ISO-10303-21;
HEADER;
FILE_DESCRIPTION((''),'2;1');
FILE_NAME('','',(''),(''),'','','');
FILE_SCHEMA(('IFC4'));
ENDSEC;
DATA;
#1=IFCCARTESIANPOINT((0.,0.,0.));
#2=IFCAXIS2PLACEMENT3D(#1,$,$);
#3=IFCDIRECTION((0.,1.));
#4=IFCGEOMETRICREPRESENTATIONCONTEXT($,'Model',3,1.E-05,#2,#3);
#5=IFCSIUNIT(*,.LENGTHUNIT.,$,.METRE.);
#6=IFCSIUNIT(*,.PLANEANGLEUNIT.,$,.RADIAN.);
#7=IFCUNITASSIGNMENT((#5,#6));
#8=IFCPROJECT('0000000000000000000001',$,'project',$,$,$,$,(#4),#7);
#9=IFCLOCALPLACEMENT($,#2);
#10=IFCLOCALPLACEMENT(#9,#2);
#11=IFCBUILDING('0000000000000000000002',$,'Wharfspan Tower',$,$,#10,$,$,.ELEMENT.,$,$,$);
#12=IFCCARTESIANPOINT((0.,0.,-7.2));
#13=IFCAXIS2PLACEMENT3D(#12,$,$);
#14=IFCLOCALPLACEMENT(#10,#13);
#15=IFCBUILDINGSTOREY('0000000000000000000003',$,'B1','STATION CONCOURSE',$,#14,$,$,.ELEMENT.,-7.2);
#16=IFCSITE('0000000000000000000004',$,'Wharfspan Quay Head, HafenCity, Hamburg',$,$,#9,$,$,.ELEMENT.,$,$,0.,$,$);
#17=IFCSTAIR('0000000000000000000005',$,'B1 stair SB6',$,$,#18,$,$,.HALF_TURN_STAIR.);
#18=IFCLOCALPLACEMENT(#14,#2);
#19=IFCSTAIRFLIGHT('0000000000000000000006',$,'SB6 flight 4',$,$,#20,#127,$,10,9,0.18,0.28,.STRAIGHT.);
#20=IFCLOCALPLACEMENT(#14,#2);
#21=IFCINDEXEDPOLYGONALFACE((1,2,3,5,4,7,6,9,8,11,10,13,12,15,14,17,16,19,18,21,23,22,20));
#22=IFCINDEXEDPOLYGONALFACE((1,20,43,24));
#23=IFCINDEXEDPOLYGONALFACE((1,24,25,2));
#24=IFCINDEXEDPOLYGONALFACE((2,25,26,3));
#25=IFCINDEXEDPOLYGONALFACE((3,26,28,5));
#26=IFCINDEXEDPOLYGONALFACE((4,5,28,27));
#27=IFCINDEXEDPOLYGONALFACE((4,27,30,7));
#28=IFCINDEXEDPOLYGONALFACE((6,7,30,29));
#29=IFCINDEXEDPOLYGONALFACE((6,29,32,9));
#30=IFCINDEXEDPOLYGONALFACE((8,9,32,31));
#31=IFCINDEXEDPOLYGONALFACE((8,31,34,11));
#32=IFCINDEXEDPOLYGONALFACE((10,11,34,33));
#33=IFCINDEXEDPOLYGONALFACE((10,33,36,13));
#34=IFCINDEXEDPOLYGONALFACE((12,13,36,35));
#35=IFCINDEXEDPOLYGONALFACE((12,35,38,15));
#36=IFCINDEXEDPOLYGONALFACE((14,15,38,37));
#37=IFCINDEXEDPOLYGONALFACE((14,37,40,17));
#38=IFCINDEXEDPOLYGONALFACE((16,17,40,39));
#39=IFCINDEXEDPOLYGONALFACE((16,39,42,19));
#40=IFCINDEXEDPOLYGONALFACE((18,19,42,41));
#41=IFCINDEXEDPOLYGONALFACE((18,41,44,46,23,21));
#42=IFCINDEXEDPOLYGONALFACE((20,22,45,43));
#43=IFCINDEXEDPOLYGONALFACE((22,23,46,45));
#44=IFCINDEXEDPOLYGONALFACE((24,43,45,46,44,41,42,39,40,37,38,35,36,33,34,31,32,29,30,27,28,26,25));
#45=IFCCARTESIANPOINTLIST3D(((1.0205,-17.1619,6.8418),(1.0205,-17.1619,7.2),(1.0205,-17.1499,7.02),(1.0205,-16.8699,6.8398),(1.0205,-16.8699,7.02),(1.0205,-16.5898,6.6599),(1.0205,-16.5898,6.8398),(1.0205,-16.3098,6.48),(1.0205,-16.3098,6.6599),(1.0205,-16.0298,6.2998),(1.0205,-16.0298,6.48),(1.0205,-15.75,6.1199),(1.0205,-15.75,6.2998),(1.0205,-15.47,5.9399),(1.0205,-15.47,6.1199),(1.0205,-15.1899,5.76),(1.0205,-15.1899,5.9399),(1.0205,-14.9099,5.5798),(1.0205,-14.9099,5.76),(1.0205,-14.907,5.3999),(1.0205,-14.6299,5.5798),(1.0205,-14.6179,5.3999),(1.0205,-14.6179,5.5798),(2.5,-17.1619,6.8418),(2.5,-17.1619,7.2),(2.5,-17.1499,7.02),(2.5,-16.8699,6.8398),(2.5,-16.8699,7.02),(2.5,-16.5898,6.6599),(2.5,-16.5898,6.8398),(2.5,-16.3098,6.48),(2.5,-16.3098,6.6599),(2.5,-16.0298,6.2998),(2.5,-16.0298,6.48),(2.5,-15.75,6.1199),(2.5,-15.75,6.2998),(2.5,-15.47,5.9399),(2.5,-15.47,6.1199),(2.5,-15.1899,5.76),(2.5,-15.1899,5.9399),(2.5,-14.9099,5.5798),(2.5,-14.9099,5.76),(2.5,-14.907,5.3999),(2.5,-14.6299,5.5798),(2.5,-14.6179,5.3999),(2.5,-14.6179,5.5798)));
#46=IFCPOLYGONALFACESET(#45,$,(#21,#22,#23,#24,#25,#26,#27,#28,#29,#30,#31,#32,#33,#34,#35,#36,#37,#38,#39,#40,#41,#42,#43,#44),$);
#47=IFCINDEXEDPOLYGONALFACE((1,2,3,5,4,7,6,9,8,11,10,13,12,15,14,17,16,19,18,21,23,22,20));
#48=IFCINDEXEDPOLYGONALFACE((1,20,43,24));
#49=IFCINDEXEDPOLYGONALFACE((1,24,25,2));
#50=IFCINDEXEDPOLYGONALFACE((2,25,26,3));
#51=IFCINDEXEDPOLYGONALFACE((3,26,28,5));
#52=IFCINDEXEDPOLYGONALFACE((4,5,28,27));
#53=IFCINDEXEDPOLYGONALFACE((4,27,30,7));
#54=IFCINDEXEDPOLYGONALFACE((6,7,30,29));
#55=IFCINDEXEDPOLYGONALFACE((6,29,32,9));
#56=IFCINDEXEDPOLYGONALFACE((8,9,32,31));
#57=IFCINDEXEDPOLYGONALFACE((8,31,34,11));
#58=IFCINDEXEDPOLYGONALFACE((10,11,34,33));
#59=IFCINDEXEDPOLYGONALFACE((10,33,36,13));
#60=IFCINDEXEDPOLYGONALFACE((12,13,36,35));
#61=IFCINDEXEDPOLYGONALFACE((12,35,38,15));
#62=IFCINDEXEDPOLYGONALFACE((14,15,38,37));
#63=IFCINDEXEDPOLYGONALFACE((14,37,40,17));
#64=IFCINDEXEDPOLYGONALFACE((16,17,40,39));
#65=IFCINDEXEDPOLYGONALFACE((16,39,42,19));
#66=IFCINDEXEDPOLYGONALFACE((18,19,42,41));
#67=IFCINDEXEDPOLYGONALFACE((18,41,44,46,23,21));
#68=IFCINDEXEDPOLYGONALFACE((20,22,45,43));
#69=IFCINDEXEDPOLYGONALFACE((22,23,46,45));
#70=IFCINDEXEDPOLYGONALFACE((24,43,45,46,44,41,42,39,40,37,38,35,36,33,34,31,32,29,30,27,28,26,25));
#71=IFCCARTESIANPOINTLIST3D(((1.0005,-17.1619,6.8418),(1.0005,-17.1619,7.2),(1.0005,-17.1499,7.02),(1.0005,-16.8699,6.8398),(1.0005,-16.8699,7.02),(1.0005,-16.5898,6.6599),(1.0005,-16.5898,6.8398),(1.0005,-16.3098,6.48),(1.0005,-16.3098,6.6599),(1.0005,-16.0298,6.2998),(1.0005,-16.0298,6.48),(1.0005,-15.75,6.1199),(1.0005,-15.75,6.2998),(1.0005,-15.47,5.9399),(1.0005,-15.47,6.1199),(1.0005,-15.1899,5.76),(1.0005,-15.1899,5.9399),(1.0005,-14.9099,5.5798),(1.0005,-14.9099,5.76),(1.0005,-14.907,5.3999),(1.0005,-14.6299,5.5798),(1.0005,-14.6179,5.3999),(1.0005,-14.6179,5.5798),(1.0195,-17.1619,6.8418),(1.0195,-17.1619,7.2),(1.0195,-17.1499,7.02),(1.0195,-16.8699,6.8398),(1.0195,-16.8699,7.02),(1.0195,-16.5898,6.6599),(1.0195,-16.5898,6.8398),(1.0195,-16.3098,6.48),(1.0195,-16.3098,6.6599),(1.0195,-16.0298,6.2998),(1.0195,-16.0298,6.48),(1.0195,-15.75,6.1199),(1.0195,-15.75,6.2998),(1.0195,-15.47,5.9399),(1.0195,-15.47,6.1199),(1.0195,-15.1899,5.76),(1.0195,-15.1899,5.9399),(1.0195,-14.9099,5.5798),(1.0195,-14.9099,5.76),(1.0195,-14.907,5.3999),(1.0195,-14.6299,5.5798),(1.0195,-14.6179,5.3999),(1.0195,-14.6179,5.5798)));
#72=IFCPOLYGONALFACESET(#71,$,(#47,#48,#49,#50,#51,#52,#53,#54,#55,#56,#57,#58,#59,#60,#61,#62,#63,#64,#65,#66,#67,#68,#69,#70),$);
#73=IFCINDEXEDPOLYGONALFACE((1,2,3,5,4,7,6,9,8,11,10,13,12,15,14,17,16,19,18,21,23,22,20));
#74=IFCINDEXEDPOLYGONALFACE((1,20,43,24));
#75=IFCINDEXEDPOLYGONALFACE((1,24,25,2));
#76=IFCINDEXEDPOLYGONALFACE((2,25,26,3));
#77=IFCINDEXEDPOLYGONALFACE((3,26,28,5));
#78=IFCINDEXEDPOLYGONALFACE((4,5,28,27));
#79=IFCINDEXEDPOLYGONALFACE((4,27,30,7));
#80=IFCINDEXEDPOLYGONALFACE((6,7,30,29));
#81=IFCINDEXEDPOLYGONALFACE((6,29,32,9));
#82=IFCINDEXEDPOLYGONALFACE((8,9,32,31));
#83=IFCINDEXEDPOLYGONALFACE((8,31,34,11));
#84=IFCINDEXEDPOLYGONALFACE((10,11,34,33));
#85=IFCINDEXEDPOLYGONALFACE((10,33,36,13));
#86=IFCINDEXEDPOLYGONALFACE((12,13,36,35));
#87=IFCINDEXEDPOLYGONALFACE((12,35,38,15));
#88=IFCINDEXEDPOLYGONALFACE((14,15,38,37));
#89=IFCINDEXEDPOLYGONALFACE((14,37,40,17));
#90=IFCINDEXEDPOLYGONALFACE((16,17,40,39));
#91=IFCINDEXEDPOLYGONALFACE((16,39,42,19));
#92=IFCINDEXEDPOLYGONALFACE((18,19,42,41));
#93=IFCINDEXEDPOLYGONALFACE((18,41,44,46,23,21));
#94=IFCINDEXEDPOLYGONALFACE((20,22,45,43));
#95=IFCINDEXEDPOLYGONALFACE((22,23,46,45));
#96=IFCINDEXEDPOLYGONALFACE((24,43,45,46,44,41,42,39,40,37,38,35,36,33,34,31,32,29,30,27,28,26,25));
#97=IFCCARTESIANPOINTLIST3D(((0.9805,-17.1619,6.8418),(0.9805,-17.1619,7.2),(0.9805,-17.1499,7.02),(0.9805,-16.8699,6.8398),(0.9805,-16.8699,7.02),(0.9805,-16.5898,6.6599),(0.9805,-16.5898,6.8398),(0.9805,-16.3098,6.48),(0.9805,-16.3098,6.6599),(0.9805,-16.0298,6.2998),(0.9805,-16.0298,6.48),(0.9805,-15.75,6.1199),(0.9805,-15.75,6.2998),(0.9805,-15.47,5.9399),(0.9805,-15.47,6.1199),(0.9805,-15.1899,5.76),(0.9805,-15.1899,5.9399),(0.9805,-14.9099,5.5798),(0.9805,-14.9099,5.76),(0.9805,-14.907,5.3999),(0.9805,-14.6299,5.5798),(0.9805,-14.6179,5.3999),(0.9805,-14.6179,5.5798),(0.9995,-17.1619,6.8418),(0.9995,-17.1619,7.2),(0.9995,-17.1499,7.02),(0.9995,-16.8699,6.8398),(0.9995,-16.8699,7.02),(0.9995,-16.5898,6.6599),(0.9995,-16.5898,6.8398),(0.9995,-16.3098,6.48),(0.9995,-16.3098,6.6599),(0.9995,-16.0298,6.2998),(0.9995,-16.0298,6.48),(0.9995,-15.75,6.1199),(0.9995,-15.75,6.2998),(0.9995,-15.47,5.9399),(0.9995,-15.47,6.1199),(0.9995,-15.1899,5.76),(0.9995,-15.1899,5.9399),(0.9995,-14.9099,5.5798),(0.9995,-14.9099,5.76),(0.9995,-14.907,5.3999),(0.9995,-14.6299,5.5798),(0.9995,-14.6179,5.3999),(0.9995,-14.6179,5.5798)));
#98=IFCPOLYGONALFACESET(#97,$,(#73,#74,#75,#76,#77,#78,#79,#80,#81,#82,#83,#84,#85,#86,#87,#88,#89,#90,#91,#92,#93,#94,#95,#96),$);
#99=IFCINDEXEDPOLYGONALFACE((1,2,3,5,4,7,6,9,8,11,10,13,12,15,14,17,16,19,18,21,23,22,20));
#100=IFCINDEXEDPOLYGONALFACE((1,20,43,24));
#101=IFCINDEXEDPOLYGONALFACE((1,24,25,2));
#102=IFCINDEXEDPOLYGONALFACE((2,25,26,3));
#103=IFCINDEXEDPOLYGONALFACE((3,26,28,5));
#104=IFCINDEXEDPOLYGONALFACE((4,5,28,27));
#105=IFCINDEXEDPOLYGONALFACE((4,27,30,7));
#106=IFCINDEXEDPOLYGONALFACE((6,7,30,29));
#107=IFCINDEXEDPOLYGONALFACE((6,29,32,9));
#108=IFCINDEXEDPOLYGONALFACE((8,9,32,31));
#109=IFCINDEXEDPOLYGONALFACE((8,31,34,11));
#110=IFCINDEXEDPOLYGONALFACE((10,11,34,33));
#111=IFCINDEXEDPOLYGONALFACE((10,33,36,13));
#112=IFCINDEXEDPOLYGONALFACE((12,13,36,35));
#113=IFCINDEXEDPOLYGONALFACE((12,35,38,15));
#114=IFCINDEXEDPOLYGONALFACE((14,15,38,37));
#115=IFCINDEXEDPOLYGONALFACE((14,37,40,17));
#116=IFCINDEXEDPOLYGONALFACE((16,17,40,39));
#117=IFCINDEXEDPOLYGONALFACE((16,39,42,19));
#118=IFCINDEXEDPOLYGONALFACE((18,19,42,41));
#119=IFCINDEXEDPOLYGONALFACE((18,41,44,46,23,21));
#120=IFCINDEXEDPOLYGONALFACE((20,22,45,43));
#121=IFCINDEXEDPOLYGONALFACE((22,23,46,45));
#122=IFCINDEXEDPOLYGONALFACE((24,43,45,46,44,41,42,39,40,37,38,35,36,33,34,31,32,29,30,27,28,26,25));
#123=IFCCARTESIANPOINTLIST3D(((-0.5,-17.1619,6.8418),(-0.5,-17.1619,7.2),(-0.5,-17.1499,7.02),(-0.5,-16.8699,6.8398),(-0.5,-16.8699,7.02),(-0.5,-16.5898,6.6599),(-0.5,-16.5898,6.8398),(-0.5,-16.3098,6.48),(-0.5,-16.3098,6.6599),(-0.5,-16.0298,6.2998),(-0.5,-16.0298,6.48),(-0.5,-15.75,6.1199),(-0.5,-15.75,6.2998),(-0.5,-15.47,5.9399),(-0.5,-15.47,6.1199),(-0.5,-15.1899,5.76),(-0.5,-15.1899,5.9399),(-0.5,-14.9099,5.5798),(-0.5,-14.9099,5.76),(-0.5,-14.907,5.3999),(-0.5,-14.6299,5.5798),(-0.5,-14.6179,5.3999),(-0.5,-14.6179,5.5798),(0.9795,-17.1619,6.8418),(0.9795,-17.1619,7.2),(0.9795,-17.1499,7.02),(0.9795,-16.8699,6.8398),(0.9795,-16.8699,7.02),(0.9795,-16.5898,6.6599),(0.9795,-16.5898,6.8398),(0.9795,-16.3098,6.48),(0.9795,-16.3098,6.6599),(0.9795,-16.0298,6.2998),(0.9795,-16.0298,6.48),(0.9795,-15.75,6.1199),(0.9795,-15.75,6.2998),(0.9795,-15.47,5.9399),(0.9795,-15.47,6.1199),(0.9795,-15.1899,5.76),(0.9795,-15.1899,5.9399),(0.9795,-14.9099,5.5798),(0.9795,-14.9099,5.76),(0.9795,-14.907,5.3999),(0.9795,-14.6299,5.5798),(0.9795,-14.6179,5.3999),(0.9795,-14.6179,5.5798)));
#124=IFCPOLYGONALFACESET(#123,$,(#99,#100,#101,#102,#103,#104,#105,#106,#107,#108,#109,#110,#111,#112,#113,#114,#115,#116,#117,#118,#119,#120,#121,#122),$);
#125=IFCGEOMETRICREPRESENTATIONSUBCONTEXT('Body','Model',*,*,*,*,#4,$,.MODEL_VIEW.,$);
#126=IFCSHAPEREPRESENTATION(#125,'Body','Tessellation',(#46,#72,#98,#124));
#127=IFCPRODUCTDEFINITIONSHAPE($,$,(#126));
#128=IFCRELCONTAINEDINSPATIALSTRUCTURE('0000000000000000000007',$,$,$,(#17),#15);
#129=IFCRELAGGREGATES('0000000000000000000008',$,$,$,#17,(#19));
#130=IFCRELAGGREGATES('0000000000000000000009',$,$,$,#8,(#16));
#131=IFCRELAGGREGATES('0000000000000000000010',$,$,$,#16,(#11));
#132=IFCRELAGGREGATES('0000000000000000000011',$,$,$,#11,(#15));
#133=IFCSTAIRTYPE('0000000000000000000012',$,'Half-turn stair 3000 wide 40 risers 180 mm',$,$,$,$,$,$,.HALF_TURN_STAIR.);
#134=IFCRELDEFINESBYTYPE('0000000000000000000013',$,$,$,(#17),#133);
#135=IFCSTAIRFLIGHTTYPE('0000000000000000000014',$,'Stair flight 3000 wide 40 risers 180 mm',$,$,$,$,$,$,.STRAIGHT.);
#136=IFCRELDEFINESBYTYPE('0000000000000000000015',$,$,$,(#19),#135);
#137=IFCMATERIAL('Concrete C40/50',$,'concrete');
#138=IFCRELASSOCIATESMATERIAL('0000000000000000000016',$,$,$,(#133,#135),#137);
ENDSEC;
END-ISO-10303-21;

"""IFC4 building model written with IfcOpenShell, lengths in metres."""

from ifc_helpers import new_model, si_unit, direction, frame, origin, place, context, subcontext, project, spatial, polyline, outline, extrude, material, type_object, element, aggregate, save


model = new_model("IFC4")

# Units and contexts
model_context = context("Model", 3, precision=1e-05, world=origin(), true_north=direction((0.0, 1.0)))
body_context = subcontext(model_context, "Body", "Model", "MODEL_VIEW")
ifc_project = project(units=[si_unit("LENGTHUNIT", "METRE"), si_unit("PLANEANGLEUNIT", "RADIAN")], contexts=[model_context])

# Site, building, storey
site_placement = place(None, origin())
site = spatial("IfcSite", under=ifc_project, at=site_placement, Name="Wharfspan Quay Head, HafenCity, Hamburg", CompositionType="ELEMENT", RefElevation=0.0)
building_placement = place(site_placement, origin())
building = spatial("IfcBuilding", under=site, at=building_placement, Name="Wharfspan Tower", CompositionType="ELEMENT")
storey_placement = place(building_placement, frame((0.0, 0.0, -7.2)))
storey = spatial("IfcBuildingStorey", under=building, at=storey_placement, Name="B1", Description="STATION CONCOURSE", CompositionType="ELEMENT", Elevation=-7.2)

# Stair, stair flight
ifc_material_1 = material(Name="Concrete C40/50", Category="concrete")
stair_type = type_object("IfcStairType", Name="Half-turn stair 3000 wide 40 risers 180 mm", PredefinedType="HALF_TURN_STAIR", material=ifc_material_1)
stair_placement = place(storey_placement, origin())
stair = element("IfcStair", 1, at=stair_placement, inside=storey, type_object=stair_type, Name="B1 stair SB6", PredefinedType="HALF_TURN_STAIR")
stair_flight_type = type_object("IfcStairFlightType", Name="Stair flight 3000 wide 40 risers 180 mm", PredefinedType="STRAIGHT", material=ifc_material_1)
stair_flight_1_placement = place(storey_placement, frame((1.0, -14.6299, 5.3999), z_axis=(0.0, 0.0, 1.0), x_axis=(0.0, -1.0, 0.0)))
stair_flight_1 = element("IfcStairFlight", 2, at=stair_flight_1_placement, type_object=stair_flight_type, Name="SB6 flight 4", NumberOfRisers=10, NumberOfTreads=9, PredefinedType="STRAIGHT", RiserHeight=0.18, TreadLength=0.28, context=body_context, shape_type="SweptSolid", body=[
    extrude(outline(polyline([(-0.012, 0.0), (-0.012, 0.1799), (0.0, 0.1799), (0.28, 0.1799), (0.28, 0.3601), (0.5601, 0.3601), (0.5601, 0.54), (0.8401, 0.54), (0.8401, 0.72), (1.1201, 0.72), (1.1201, 0.8999), (1.3999, 0.8999), (1.3999, 1.0801), (1.6799, 1.0801), (1.6799, 1.26), (1.96, 1.26), (1.96, 1.4399), (2.24, 1.4399), (2.24, 1.6201), (2.52, 1.6201), (2.532, 1.8), (2.532, 1.4419), (0.2771, 0.0), (-0.012, 0.0)])), frame((0.0, 1.5, 0.0), z_axis=(0.0, -1.0, 0.0), x_axis=(1.0, 0.0, 0.0)), (0.0, 0.0, 1.0), 1.4795),
    extrude(outline(polyline([(-0.012, 0.0), (-0.012, 0.1799), (0.0, 0.1799), (0.28, 0.1799), (0.28, 0.3601), (0.5601, 0.3601), (0.5601, 0.54), (0.8401, 0.54), (0.8401, 0.72), (1.1201, 0.72), (1.1201, 0.8999), (1.3999, 0.8999), (1.3999, 1.0801), (1.6799, 1.0801), (1.6799, 1.26), (1.96, 1.26), (1.96, 1.4399), (2.24, 1.4399), (2.24, 1.6201), (2.52, 1.6201), (2.532, 1.8), (2.532, 1.4419), (0.2771, 0.0), (-0.012, 0.0)])), frame((0.0, 0.0195, 0.0), z_axis=(0.0, -1.0, 0.0), x_axis=(1.0, 0.0, 0.0)), (0.0, 0.0, 1.0), 0.019),
    extrude(outline(polyline([(-0.012, 0.0), (-0.012, 0.1799), (0.0, 0.1799), (0.28, 0.1799), (0.28, 0.3601), (0.5601, 0.3601), (0.5601, 0.54), (0.8401, 0.54), (0.8401, 0.72), (1.1201, 0.72), (1.1201, 0.8999), (1.3999, 0.8999), (1.3999, 1.0801), (1.6799, 1.0801), (1.6799, 1.26), (1.96, 1.26), (1.96, 1.4399), (2.24, 1.4399), (2.24, 1.6201), (2.52, 1.6201), (2.532, 1.8), (2.532, 1.4419), (0.2771, 0.0), (-0.012, 0.0)])), frame((0.0, -0.0005, 0.0), z_axis=(0.0, -1.0, 0.0), x_axis=(1.0, 0.0, 0.0)), (0.0, 0.0, 1.0), 0.019),
    extrude(outline(polyline([(-0.012, 0.0), (-0.012, 0.1799), (0.0, 0.1799), (0.28, 0.1799), (0.28, 0.3601), (0.5601, 0.3601), (0.5601, 0.54), (0.8401, 0.54), (0.8401, 0.72), (1.1201, 0.72), (1.1201, 0.8999), (1.3999, 0.8999), (1.3999, 1.0801), (1.6799, 1.0801), (1.6799, 1.26), (1.96, 1.26), (1.96, 1.4399), (2.24, 1.4399), (2.24, 1.6201), (2.52, 1.6201), (2.532, 1.8), (2.532, 1.4419), (0.2771, 0.0), (-0.012, 0.0)])), frame((0.0, -0.0205, 0.0), z_axis=(0.0, -1.0, 0.0), x_axis=(1.0, 0.0, 0.0)), (0.0, 0.0, 1.0), 1.4795),
])
aggregate(stair, [stair_flight_1])

save(model, "model.ifc")
